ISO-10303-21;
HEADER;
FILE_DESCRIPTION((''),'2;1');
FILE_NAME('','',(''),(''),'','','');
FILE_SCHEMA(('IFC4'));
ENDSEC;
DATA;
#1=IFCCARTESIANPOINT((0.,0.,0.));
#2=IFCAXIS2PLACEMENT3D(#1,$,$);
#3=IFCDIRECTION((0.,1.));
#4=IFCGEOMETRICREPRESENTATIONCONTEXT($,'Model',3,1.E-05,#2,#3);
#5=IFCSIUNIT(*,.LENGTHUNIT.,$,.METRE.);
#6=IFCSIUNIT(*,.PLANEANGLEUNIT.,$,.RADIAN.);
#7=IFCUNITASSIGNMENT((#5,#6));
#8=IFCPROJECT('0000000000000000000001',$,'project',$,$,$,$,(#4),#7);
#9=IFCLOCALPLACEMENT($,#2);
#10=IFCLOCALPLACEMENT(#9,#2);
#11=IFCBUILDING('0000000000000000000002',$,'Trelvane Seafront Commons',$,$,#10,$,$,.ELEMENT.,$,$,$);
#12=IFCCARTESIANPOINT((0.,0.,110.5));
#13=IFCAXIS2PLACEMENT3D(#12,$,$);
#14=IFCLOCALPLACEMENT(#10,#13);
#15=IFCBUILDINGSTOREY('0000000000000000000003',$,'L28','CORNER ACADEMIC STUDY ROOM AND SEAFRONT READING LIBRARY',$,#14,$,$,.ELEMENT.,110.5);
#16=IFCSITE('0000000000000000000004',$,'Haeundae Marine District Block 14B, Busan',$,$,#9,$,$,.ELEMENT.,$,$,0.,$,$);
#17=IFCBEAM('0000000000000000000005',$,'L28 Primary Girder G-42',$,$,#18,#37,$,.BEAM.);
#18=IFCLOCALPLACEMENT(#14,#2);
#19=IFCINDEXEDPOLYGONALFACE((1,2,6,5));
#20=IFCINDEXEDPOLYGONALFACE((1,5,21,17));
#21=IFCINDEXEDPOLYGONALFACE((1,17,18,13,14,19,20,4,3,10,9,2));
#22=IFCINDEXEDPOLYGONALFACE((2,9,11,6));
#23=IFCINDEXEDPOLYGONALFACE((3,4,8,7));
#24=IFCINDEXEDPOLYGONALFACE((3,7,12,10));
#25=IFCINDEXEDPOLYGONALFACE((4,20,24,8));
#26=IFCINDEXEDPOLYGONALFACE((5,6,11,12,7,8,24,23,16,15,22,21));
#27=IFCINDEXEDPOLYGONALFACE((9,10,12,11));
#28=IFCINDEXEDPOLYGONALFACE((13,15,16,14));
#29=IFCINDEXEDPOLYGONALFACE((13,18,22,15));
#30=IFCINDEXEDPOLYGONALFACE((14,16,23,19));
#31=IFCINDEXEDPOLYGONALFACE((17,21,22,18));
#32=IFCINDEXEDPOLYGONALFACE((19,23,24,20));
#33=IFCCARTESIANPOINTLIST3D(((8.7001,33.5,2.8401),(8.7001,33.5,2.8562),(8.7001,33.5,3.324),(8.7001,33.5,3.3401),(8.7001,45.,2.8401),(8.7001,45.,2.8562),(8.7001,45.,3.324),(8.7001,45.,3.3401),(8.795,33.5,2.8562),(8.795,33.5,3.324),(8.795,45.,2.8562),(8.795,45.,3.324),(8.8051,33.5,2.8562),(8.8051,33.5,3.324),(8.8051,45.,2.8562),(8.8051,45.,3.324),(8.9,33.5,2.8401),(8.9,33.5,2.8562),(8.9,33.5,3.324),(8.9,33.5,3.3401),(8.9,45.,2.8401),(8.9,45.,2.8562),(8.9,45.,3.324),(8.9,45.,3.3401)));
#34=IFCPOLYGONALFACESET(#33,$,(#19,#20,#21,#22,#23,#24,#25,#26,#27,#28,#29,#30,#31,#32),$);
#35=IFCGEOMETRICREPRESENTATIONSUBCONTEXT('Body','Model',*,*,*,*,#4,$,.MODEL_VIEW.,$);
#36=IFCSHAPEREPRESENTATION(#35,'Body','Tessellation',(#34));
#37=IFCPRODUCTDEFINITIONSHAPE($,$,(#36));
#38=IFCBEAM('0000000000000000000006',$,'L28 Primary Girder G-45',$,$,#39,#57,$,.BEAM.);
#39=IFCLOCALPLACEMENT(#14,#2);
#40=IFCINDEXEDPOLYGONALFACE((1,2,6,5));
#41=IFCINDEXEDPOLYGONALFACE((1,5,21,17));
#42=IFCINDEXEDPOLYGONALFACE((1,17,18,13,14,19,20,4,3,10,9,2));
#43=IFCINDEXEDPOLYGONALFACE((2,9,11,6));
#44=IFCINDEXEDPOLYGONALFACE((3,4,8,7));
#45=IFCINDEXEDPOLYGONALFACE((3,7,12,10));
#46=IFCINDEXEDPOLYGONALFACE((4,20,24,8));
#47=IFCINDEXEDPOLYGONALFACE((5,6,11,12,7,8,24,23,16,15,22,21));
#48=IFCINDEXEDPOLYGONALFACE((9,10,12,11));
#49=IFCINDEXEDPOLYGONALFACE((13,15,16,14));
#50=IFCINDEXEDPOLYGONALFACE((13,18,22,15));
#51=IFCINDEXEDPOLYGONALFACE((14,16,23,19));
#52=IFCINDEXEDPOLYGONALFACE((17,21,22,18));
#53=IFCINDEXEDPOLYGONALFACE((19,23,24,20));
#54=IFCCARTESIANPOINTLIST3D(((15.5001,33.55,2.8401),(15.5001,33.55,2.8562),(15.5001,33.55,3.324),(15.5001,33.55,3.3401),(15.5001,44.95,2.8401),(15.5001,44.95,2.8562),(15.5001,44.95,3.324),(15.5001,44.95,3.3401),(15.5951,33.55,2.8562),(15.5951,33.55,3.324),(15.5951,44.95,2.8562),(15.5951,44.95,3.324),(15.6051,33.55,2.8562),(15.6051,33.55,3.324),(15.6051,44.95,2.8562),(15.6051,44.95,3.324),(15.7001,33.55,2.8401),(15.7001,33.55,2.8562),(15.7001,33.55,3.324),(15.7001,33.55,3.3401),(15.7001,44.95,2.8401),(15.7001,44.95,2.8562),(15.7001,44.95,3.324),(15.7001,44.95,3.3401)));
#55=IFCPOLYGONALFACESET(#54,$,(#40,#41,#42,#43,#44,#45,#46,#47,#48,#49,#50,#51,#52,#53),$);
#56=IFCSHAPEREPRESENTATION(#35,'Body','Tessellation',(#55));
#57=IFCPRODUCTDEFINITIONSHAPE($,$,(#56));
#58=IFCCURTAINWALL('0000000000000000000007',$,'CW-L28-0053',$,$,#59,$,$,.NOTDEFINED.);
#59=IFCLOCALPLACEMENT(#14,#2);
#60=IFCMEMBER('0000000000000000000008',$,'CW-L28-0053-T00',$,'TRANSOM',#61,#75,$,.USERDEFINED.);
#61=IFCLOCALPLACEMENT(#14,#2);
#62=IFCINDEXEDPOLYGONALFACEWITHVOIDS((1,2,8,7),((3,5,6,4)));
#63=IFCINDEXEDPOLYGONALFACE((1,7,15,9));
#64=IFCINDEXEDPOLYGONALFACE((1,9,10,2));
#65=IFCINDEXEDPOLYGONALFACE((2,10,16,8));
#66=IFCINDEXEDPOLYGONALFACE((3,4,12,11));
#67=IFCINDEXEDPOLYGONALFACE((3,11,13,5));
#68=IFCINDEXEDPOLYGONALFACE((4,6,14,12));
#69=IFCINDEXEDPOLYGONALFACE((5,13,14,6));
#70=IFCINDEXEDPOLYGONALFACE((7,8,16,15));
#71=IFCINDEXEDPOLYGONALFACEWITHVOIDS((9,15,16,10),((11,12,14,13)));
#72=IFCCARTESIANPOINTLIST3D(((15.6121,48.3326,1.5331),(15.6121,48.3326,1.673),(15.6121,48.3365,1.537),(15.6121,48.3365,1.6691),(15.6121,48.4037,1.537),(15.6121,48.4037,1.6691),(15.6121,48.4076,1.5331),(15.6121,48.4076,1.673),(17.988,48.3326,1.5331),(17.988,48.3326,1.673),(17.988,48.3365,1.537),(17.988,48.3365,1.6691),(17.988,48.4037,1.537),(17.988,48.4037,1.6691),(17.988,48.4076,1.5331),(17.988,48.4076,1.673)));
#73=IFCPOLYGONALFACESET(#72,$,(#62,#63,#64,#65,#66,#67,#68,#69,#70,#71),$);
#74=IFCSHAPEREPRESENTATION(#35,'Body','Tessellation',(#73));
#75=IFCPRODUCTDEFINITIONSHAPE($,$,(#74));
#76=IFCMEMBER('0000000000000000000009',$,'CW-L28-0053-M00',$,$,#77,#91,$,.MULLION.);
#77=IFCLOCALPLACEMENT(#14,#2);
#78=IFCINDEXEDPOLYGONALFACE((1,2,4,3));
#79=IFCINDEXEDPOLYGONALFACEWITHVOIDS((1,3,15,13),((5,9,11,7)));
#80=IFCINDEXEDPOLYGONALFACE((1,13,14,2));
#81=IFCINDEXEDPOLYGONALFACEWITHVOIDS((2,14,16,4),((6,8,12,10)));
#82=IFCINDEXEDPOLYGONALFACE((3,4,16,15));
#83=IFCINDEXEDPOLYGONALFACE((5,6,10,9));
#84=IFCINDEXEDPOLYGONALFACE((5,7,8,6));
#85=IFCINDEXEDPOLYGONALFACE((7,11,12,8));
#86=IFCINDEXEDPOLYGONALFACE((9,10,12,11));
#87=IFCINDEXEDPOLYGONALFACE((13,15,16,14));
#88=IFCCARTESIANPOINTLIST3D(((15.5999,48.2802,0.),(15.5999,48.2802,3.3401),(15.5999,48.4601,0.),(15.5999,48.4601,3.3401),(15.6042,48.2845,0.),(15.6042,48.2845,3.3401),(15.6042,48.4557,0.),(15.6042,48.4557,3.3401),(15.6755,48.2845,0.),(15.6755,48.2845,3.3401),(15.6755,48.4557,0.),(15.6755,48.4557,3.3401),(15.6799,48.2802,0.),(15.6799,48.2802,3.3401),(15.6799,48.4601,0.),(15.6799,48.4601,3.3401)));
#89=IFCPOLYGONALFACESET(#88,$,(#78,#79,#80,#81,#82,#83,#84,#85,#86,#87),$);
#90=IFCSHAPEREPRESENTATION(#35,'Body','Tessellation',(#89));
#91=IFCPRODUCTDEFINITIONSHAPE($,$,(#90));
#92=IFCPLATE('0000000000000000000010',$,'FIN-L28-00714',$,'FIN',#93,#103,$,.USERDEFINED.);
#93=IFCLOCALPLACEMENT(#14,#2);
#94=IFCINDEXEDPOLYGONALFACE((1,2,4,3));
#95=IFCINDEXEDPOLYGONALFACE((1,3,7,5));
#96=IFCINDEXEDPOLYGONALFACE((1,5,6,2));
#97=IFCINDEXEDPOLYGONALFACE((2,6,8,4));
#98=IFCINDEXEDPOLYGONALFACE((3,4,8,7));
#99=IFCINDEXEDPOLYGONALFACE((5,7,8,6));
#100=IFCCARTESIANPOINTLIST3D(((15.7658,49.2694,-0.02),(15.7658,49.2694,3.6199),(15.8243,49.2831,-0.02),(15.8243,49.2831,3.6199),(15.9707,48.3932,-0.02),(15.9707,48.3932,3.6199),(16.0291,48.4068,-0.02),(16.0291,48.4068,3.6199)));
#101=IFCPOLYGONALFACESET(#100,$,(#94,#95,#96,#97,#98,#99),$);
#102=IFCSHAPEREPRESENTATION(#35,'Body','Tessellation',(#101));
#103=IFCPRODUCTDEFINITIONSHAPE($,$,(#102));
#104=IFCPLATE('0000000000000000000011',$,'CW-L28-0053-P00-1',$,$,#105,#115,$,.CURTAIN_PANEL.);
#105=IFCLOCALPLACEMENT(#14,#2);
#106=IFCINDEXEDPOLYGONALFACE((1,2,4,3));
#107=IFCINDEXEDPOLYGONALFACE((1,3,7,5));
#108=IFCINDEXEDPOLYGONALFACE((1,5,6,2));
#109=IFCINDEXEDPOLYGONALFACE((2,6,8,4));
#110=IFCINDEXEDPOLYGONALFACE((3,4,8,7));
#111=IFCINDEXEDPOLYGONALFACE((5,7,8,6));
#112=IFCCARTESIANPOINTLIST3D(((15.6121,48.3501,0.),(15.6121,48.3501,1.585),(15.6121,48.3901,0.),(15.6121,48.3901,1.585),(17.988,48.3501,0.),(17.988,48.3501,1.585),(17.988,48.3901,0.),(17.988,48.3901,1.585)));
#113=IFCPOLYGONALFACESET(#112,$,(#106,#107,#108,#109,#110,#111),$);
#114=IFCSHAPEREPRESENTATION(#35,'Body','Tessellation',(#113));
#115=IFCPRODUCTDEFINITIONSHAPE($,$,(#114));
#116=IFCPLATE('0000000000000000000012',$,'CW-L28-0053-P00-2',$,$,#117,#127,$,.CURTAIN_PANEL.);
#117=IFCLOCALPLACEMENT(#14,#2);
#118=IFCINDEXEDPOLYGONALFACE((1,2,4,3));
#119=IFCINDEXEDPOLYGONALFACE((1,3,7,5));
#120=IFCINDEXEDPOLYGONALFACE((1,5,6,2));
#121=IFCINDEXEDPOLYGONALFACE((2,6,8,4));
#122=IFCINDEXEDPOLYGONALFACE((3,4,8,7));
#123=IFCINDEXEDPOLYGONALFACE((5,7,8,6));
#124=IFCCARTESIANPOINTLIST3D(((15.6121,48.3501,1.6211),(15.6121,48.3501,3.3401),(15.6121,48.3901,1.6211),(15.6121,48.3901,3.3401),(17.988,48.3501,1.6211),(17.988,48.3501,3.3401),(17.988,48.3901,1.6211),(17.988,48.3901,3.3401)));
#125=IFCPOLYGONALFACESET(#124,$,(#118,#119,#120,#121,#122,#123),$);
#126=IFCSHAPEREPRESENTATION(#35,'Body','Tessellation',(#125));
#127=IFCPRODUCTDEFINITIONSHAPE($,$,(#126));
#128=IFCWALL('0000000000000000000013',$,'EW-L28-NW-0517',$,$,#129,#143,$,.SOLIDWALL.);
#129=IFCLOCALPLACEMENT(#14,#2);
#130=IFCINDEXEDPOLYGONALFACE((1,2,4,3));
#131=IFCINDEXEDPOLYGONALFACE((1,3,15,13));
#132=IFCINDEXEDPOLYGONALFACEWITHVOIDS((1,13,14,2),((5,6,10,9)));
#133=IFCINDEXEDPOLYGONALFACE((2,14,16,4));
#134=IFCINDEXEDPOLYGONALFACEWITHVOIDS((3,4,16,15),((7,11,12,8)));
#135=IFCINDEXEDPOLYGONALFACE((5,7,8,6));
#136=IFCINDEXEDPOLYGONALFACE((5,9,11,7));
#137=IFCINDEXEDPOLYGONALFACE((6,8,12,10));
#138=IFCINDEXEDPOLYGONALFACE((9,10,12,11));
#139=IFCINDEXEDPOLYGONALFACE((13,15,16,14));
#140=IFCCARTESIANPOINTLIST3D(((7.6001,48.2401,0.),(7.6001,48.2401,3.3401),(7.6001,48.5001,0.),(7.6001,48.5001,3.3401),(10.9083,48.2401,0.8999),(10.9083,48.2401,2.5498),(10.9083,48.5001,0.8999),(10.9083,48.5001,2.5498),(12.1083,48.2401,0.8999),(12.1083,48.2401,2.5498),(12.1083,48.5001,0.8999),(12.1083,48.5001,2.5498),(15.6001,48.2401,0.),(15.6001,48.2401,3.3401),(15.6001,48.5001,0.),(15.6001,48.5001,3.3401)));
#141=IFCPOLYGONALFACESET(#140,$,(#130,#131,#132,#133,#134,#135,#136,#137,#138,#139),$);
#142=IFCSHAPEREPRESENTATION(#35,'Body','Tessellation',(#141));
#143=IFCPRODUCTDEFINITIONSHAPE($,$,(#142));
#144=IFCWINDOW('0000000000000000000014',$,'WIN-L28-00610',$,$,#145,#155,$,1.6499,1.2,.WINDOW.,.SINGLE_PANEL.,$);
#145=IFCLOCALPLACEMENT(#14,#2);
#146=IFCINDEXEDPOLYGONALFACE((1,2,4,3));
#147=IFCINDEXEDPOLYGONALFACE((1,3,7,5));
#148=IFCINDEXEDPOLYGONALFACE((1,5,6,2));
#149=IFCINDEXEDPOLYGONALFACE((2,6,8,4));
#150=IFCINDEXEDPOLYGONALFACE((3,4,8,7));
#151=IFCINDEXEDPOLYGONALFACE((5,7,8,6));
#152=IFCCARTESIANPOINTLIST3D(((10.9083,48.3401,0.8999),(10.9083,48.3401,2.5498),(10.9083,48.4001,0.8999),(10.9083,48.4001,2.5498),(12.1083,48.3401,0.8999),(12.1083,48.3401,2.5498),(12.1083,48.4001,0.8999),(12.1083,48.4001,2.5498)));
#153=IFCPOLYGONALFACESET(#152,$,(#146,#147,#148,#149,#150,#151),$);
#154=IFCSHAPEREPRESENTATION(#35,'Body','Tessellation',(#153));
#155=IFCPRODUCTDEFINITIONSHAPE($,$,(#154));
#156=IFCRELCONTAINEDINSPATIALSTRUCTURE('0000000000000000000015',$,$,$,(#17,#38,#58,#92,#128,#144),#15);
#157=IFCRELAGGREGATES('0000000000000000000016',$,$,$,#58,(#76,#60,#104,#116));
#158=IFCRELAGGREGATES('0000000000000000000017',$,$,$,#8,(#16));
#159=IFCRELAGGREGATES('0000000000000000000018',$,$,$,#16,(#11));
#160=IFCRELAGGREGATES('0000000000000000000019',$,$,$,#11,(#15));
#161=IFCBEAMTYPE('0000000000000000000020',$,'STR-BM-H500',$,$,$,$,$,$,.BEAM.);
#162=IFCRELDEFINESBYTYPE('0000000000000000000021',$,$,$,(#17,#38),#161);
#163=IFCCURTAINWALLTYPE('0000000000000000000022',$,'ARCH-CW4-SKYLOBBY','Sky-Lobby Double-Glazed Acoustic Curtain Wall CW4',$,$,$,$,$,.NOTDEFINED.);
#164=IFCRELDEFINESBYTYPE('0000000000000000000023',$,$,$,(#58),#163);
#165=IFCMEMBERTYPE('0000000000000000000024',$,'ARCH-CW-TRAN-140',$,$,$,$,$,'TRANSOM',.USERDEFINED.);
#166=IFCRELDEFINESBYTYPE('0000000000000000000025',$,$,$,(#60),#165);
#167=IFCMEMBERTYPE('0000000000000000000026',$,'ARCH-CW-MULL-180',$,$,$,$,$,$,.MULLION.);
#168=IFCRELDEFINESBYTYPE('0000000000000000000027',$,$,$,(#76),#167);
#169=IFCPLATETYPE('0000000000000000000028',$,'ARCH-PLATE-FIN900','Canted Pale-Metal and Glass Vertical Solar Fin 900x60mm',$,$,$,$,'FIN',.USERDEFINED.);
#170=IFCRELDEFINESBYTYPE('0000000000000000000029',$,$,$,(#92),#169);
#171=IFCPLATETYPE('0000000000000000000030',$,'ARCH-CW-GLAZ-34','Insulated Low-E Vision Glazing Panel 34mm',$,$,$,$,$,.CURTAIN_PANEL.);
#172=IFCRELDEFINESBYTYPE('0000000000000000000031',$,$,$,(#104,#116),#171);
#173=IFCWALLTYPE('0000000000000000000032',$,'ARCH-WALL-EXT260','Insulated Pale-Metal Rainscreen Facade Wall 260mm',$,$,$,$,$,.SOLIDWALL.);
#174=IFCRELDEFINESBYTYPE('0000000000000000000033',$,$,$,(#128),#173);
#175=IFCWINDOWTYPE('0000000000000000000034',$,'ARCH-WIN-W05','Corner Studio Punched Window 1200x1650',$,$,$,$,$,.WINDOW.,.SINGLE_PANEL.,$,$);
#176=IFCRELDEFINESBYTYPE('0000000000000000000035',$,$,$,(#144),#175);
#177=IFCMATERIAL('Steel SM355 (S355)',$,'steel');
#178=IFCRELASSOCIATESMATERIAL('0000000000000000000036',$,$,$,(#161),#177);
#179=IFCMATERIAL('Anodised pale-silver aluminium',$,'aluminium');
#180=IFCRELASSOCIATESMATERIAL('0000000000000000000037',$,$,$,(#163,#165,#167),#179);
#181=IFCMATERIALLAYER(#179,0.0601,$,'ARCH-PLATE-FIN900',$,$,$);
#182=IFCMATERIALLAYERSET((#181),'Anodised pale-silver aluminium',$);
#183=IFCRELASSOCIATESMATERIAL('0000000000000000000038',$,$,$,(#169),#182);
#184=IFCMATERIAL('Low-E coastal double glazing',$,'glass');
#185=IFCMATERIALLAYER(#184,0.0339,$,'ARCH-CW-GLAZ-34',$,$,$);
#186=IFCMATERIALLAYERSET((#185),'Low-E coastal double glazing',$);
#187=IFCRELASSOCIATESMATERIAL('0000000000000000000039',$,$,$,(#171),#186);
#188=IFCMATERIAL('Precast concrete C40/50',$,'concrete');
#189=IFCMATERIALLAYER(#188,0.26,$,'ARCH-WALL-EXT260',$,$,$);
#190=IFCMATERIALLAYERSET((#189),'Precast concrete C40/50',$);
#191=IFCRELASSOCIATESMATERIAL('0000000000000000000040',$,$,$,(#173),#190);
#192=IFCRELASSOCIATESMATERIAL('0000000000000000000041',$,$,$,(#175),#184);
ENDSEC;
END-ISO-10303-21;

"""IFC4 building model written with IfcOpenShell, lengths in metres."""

from ifc_helpers import new_model, si_unit, direction, frame, frame_2d, origin, origin_2d, place, context, subcontext, project, spatial, rectangle, hollow_rectangle, i_section, extrude, source, transform, mapped, material, layer, layer_set, material_profile, profile_set, type_object, element, fill, aggregate, save


model = new_model("IFC4")

# Units and contexts
model_context = context("Model", 3, precision=1e-05, world=origin(), true_north=direction((0.0, 1.0)))
body_context = subcontext(model_context, "Body", "Model", "MODEL_VIEW")
ifc_project = project(units=[si_unit("LENGTHUNIT", "METRE"), si_unit("PLANEANGLEUNIT", "RADIAN")], contexts=[model_context])

# Site, building, storey
site_placement = place(None, origin())
site = spatial("IfcSite", under=ifc_project, at=site_placement, Name="Haeundae Marine District Block 14B, Busan", CompositionType="ELEMENT", RefElevation=0.0)
building_placement = place(site_placement, origin())
building = spatial("IfcBuilding", under=site, at=building_placement, Name="Trelvane Seafront Commons", CompositionType="ELEMENT")
storey_placement = place(building_placement, frame((0.0, 0.0, 110.5)))
storey = spatial("IfcBuildingStorey", under=building, at=storey_placement, Name="L28", Description="CORNER ACADEMIC STUDY ROOM AND SEAFRONT READING LIBRARY", CompositionType="ELEMENT", Elevation=110.5)

# Shared definitions
ifc_material_1 = material(Name="Steel SM355 (S355)", Category="steel")

# Beams
ifc_material_profile_1 = material_profile(ifc_material_1, i_section(OverallWidth=0.2, OverallDepth=0.5, WebThickness=0.01, FlangeThickness=0.0161, at=origin_2d()), Name="H-500x200x10x16")
ifc_profile_set_1 = profile_set([ifc_material_profile_1], Name="Steel SM355 (S355)")
beam_type_1 = type_object("IfcBeamType", Name="STR-BM-H500", PredefinedType="BEAM", material=ifc_profile_set_1)
shared_shape_1 = source(origin(), body_context, "Body", "SweptSolid", [
    extrude(i_section(OverallWidth=0.2, OverallDepth=0.5, WebThickness=0.01, FlangeThickness=0.0161, at=origin_2d()), origin(), (0.0, 0.0, 1.0), 11.5),
])
for number, where, z_axis, x_axis, name in (
    (1, (8.8, 33.5, 3.0901), (0.0, 1.0, 0.0), (-1.0, 0.0, 0.0), "L28 Primary Girder G-42"),
):
    element("IfcBeam", number, at=place(storey_placement, frame(where, z_axis=z_axis, x_axis=x_axis)), inside=storey, type_object=beam_type_1, Name=name, PredefinedType="BEAM", context=body_context, shape_type="MappedRepresentation", body=[
        mapped(shared_shape_1, transform((0.0, 0.0, 0.0), x_axis=(1.0, 0.0, 0.0), y_axis=(0.0, 1.0, 0.0), z_axis=(0.0, 0.0, 1.0), scale=1.0)),
    ])
shared_shape_2 = source(origin(), body_context, "Body", "SweptSolid", [
    extrude(i_section(OverallWidth=0.2, OverallDepth=0.5, WebThickness=0.01, FlangeThickness=0.0161, at=origin_2d()), origin(), (0.0, 0.0, 1.0), 11.3999),
])
beam_1_placement = place(storey_placement, frame((15.6001, 33.55, 3.0901), z_axis=(0.0, 1.0, 0.0), x_axis=(-1.0, 0.0, 0.0)))
element("IfcBeam", 2, at=beam_1_placement, inside=storey, type_object=beam_type_1, Name="L28 Primary Girder G-45", PredefinedType="BEAM", context=body_context, shape_type="MappedRepresentation", body=[
    mapped(shared_shape_2, transform((0.0, 0.0, 0.0), x_axis=(1.0, 0.0, 0.0), y_axis=(0.0, 1.0, 0.0), z_axis=(0.0, 0.0, 1.0), scale=1.0)),
])

# Curtain wall, members
ifc_material_2 = material(Name="Anodised pale-silver aluminium", Category="aluminium")
curtain_wall_type = type_object("IfcCurtainWallType", Name="ARCH-CW4-SKYLOBBY", Description="Sky-Lobby Double-Glazed Acoustic Curtain Wall CW4", PredefinedType="NOTDEFINED", material=ifc_material_2)
curtain_wall_placement = place(storey_placement, origin())
curtain_wall = element("IfcCurtainWall", 3, at=curtain_wall_placement, inside=storey, type_object=curtain_wall_type, Name="CW-L28-0053", PredefinedType="NOTDEFINED")
ifc_material_profile_2 = material_profile(ifc_material_2, hollow_rectangle(XDim=0.075, YDim=0.1399, WallThickness=0.0039, at=origin_2d()), Name="TRAN-75x140x4")
ifc_profile_set_2 = profile_set([ifc_material_profile_2], Name="Anodised pale-silver aluminium")
member_type_1 = type_object("IfcMemberType", Name="ARCH-CW-TRAN-140", ElementType="TRANSOM", PredefinedType="USERDEFINED", material=ifc_profile_set_2)
shared_shape_3 = source(origin(), body_context, "Body", "SweptSolid", [
    extrude(hollow_rectangle(XDim=0.075, YDim=0.1399, WallThickness=0.0039, at=origin_2d()), origin(), (0.0, 0.0, 1.0), 2.376),
])
member_1_placement = place(storey_placement, frame((15.6121, 48.3701, 1.603), z_axis=(1.0, 0.0, 0.0), x_axis=(0.0, 1.0, 0.0)))
member_1 = element("IfcMember", 4, at=member_1_placement, type_object=member_type_1, Name="CW-L28-0053-T00", ObjectType="TRANSOM", PredefinedType="USERDEFINED", context=body_context, shape_type="MappedRepresentation", body=[
    mapped(shared_shape_3, transform((0.0, 0.0, 0.0), x_axis=(1.0, 0.0, 0.0), y_axis=(0.0, 1.0, 0.0), z_axis=(0.0, 0.0, 1.0), scale=1.0)),
])
ifc_material_profile_3 = material_profile(ifc_material_2, hollow_rectangle(XDim=0.0801, YDim=0.1799, WallThickness=0.0044, at=origin_2d()), Name="MULL-80x180x4.5")
ifc_profile_set_3 = profile_set([ifc_material_profile_3], Name="Anodised pale-silver aluminium")
member_type_2 = type_object("IfcMemberType", Name="ARCH-CW-MULL-180", PredefinedType="MULLION", material=ifc_profile_set_3)
shared_shape_4 = source(origin(), body_context, "Body", "SweptSolid", [
    extrude(hollow_rectangle(XDim=0.0801, YDim=0.1799, WallThickness=0.0044, at=origin_2d()), origin(), (0.0, 0.0, 1.0), 3.3401),
])
member_2_placement = place(storey_placement, frame((15.6399, 48.3701, 0.0), z_axis=(0.0, 0.0, 1.0), x_axis=(1.0, 0.0, 0.0)))
member_2 = element("IfcMember", 5, at=member_2_placement, type_object=member_type_2, Name="CW-L28-0053-M00", PredefinedType="MULLION", context=body_context, shape_type="MappedRepresentation", body=[
    mapped(shared_shape_4, transform((0.0, 0.0, 0.0), x_axis=(1.0, 0.0, 0.0), y_axis=(0.0, 1.0, 0.0), z_axis=(0.0, 0.0, 1.0), scale=1.0)),
])

# Plates
ifc_layer_1 = layer(ifc_material_2, 0.0601, Name="ARCH-PLATE-FIN900")
ifc_layer_set_1 = layer_set([ifc_layer_1], Name="Anodised pale-silver aluminium")
plate_type_1 = type_object("IfcPlateType", Name="ARCH-PLATE-FIN900", Description="Canted Pale-Metal and Glass Vertical Solar Fin 900x60mm", ElementType="FIN", PredefinedType="USERDEFINED", material=ifc_layer_set_1)
shared_shape_5 = source(origin(), body_context, "Body", "SweptSolid", [
    extrude(rectangle(XDim=0.8999, YDim=0.0601, at=origin_2d()), origin(), (0.0, 0.0, 1.0), 3.6399),
])
plate_1_placement = place(storey_placement, frame((15.8975, 48.8381, -0.02), z_axis=(0.0, 0.0, 1.0), x_axis=(-0.227658, 0.973741, 0.0)))
element("IfcPlate", 6, at=plate_1_placement, inside=storey, type_object=plate_type_1, Name="FIN-L28-00714", ObjectType="FIN", PredefinedType="USERDEFINED", context=body_context, shape_type="MappedRepresentation", body=[
    mapped(shared_shape_5, transform((0.0, 0.0, 0.0), x_axis=(1.0, 0.0, 0.0), y_axis=(0.0, 1.0, 0.0), z_axis=(0.0, 0.0, 1.0), scale=1.0)),
])
ifc_material_3 = material(Name="Low-E coastal double glazing", Category="glass")
ifc_layer_2 = layer(ifc_material_3, 0.0339, Name="ARCH-CW-GLAZ-34")
ifc_layer_set_2 = layer_set([ifc_layer_2], Name="Low-E coastal double glazing")
plate_type_2 = type_object("IfcPlateType", Name="ARCH-CW-GLAZ-34", Description="Insulated Low-E Vision Glazing Panel 34mm", PredefinedType="CURTAIN_PANEL", material=ifc_layer_set_2)
shared_shape_6 = source(origin(), body_context, "Body", "SweptSolid", [
    extrude(rectangle(XDim=2.376, YDim=0.04, at=origin_2d()), origin(), (0.0, 0.0, 1.0), 1.585),
])
plate_2_placement = place(storey_placement, frame((16.8, 48.3701, 0.0), z_axis=(0.0, 0.0, 1.0), x_axis=(1.0, 0.0, 0.0)))
plate_2 = element("IfcPlate", 7, at=plate_2_placement, type_object=plate_type_2, Name="CW-L28-0053-P00-1", PredefinedType="CURTAIN_PANEL", context=body_context, shape_type="MappedRepresentation", body=[
    mapped(shared_shape_6, transform((0.0, 0.0, 0.0), x_axis=(1.0, 0.0, 0.0), y_axis=(0.0, 1.0, 0.0), z_axis=(0.0, 0.0, 1.0), scale=1.0)),
])
shared_shape_7 = source(origin(), body_context, "Body", "SweptSolid", [
    extrude(rectangle(XDim=2.376, YDim=0.04, at=origin_2d()), origin(), (0.0, 0.0, 1.0), 1.719),
])
plate_3_placement = place(storey_placement, frame((16.8, 48.3701, 1.6211), z_axis=(0.0, 0.0, 1.0), x_axis=(1.0, 0.0, 0.0)))
plate_3 = element("IfcPlate", 8, at=plate_3_placement, type_object=plate_type_2, Name="CW-L28-0053-P00-2", PredefinedType="CURTAIN_PANEL", context=body_context, shape_type="MappedRepresentation", body=[
    mapped(shared_shape_7, transform((0.0, 0.0, 0.0), x_axis=(1.0, 0.0, 0.0), y_axis=(0.0, 1.0, 0.0), z_axis=(0.0, 0.0, 1.0), scale=1.0)),
])
aggregate(curtain_wall, [member_2, member_1, plate_2, plate_3])

# Wall, opening, window
ifc_material_4 = material(Name="Precast concrete C40/50", Category="concrete")
ifc_layer_3 = layer(ifc_material_4, 0.26, Name="ARCH-WALL-EXT260")
ifc_layer_set_3 = layer_set([ifc_layer_3], Name="Precast concrete C40/50")
wall_type_1 = type_object("IfcWallType", Name="ARCH-WALL-EXT260", Description="Insulated Pale-Metal Rainscreen Facade Wall 260mm", PredefinedType="SOLIDWALL", material=ifc_layer_set_3)
wall_1_placement = place(storey_placement, frame((7.6001, 48.3701, 0.0), z_axis=(0.0, 0.0, 1.0), x_axis=(1.0, 0.0, 0.0)))
wall_1 = element("IfcWall", 9, at=wall_1_placement, inside=storey, type_object=wall_type_1, Name="EW-L28-NW-0517", PredefinedType="SOLIDWALL", context=body_context, shape_type="SweptSolid", body=[
    extrude(rectangle(XDim=8.0, YDim=0.26, at=frame_2d((4.0, 0.0))), origin(), (0.0, 0.0, 1.0), 3.3401),
])
opening_1_placement = place(wall_1_placement, frame((3.3081, 0.0, 0.8999)))
opening_1 = element("IfcOpeningElement", 10, at=opening_1_placement, cuts=wall_1, PredefinedType="OPENING", context=body_context, shape_type="SweptSolid", body=[
    extrude(rectangle(XDim=1.2, YDim=1.6499, at=frame_2d((0.6001, 0.825))), frame((0.0, 0.1399, 0.0), z_axis=(0.0, -1.0, 0.0), x_axis=(1.0, 0.0, 0.0)), (0.0, 0.0, 1.0), 0.28),
])
window_type = type_object("IfcWindowType", Name="ARCH-WIN-W05", Description="Corner Studio Punched Window 1200x1650", PartitioningType="SINGLE_PANEL", PredefinedType="WINDOW", material=ifc_material_3)
shared_shape_8 = source(origin(), body_context, "Body", "SweptSolid", [
    extrude(rectangle(XDim=1.2, YDim=1.6499, at=frame_2d((0.6001, 0.825))), frame((0.0, 0.03, 0.0), z_axis=(0.0, -1.0, 0.0), x_axis=(1.0, 0.0, 0.0)), (0.0, 0.0, 1.0), 0.0601),
])
window_placement = place(opening_1_placement, origin())
window = element("IfcWindow", 11, at=window_placement, inside=storey, type_object=window_type, Name="WIN-L28-00610", OverallHeight=1.6499, OverallWidth=1.2, PartitioningType="SINGLE_PANEL", PredefinedType="WINDOW", context=body_context, shape_type="MappedRepresentation", body=[
    mapped(shared_shape_8, transform((0.0, 0.0, 0.0), x_axis=(1.0, 0.0, 0.0), y_axis=(0.0, 1.0, 0.0), z_axis=(0.0, 0.0, 1.0), scale=1.0)),
])
fill(opening_1, window)

save(model, "model.ifc")
